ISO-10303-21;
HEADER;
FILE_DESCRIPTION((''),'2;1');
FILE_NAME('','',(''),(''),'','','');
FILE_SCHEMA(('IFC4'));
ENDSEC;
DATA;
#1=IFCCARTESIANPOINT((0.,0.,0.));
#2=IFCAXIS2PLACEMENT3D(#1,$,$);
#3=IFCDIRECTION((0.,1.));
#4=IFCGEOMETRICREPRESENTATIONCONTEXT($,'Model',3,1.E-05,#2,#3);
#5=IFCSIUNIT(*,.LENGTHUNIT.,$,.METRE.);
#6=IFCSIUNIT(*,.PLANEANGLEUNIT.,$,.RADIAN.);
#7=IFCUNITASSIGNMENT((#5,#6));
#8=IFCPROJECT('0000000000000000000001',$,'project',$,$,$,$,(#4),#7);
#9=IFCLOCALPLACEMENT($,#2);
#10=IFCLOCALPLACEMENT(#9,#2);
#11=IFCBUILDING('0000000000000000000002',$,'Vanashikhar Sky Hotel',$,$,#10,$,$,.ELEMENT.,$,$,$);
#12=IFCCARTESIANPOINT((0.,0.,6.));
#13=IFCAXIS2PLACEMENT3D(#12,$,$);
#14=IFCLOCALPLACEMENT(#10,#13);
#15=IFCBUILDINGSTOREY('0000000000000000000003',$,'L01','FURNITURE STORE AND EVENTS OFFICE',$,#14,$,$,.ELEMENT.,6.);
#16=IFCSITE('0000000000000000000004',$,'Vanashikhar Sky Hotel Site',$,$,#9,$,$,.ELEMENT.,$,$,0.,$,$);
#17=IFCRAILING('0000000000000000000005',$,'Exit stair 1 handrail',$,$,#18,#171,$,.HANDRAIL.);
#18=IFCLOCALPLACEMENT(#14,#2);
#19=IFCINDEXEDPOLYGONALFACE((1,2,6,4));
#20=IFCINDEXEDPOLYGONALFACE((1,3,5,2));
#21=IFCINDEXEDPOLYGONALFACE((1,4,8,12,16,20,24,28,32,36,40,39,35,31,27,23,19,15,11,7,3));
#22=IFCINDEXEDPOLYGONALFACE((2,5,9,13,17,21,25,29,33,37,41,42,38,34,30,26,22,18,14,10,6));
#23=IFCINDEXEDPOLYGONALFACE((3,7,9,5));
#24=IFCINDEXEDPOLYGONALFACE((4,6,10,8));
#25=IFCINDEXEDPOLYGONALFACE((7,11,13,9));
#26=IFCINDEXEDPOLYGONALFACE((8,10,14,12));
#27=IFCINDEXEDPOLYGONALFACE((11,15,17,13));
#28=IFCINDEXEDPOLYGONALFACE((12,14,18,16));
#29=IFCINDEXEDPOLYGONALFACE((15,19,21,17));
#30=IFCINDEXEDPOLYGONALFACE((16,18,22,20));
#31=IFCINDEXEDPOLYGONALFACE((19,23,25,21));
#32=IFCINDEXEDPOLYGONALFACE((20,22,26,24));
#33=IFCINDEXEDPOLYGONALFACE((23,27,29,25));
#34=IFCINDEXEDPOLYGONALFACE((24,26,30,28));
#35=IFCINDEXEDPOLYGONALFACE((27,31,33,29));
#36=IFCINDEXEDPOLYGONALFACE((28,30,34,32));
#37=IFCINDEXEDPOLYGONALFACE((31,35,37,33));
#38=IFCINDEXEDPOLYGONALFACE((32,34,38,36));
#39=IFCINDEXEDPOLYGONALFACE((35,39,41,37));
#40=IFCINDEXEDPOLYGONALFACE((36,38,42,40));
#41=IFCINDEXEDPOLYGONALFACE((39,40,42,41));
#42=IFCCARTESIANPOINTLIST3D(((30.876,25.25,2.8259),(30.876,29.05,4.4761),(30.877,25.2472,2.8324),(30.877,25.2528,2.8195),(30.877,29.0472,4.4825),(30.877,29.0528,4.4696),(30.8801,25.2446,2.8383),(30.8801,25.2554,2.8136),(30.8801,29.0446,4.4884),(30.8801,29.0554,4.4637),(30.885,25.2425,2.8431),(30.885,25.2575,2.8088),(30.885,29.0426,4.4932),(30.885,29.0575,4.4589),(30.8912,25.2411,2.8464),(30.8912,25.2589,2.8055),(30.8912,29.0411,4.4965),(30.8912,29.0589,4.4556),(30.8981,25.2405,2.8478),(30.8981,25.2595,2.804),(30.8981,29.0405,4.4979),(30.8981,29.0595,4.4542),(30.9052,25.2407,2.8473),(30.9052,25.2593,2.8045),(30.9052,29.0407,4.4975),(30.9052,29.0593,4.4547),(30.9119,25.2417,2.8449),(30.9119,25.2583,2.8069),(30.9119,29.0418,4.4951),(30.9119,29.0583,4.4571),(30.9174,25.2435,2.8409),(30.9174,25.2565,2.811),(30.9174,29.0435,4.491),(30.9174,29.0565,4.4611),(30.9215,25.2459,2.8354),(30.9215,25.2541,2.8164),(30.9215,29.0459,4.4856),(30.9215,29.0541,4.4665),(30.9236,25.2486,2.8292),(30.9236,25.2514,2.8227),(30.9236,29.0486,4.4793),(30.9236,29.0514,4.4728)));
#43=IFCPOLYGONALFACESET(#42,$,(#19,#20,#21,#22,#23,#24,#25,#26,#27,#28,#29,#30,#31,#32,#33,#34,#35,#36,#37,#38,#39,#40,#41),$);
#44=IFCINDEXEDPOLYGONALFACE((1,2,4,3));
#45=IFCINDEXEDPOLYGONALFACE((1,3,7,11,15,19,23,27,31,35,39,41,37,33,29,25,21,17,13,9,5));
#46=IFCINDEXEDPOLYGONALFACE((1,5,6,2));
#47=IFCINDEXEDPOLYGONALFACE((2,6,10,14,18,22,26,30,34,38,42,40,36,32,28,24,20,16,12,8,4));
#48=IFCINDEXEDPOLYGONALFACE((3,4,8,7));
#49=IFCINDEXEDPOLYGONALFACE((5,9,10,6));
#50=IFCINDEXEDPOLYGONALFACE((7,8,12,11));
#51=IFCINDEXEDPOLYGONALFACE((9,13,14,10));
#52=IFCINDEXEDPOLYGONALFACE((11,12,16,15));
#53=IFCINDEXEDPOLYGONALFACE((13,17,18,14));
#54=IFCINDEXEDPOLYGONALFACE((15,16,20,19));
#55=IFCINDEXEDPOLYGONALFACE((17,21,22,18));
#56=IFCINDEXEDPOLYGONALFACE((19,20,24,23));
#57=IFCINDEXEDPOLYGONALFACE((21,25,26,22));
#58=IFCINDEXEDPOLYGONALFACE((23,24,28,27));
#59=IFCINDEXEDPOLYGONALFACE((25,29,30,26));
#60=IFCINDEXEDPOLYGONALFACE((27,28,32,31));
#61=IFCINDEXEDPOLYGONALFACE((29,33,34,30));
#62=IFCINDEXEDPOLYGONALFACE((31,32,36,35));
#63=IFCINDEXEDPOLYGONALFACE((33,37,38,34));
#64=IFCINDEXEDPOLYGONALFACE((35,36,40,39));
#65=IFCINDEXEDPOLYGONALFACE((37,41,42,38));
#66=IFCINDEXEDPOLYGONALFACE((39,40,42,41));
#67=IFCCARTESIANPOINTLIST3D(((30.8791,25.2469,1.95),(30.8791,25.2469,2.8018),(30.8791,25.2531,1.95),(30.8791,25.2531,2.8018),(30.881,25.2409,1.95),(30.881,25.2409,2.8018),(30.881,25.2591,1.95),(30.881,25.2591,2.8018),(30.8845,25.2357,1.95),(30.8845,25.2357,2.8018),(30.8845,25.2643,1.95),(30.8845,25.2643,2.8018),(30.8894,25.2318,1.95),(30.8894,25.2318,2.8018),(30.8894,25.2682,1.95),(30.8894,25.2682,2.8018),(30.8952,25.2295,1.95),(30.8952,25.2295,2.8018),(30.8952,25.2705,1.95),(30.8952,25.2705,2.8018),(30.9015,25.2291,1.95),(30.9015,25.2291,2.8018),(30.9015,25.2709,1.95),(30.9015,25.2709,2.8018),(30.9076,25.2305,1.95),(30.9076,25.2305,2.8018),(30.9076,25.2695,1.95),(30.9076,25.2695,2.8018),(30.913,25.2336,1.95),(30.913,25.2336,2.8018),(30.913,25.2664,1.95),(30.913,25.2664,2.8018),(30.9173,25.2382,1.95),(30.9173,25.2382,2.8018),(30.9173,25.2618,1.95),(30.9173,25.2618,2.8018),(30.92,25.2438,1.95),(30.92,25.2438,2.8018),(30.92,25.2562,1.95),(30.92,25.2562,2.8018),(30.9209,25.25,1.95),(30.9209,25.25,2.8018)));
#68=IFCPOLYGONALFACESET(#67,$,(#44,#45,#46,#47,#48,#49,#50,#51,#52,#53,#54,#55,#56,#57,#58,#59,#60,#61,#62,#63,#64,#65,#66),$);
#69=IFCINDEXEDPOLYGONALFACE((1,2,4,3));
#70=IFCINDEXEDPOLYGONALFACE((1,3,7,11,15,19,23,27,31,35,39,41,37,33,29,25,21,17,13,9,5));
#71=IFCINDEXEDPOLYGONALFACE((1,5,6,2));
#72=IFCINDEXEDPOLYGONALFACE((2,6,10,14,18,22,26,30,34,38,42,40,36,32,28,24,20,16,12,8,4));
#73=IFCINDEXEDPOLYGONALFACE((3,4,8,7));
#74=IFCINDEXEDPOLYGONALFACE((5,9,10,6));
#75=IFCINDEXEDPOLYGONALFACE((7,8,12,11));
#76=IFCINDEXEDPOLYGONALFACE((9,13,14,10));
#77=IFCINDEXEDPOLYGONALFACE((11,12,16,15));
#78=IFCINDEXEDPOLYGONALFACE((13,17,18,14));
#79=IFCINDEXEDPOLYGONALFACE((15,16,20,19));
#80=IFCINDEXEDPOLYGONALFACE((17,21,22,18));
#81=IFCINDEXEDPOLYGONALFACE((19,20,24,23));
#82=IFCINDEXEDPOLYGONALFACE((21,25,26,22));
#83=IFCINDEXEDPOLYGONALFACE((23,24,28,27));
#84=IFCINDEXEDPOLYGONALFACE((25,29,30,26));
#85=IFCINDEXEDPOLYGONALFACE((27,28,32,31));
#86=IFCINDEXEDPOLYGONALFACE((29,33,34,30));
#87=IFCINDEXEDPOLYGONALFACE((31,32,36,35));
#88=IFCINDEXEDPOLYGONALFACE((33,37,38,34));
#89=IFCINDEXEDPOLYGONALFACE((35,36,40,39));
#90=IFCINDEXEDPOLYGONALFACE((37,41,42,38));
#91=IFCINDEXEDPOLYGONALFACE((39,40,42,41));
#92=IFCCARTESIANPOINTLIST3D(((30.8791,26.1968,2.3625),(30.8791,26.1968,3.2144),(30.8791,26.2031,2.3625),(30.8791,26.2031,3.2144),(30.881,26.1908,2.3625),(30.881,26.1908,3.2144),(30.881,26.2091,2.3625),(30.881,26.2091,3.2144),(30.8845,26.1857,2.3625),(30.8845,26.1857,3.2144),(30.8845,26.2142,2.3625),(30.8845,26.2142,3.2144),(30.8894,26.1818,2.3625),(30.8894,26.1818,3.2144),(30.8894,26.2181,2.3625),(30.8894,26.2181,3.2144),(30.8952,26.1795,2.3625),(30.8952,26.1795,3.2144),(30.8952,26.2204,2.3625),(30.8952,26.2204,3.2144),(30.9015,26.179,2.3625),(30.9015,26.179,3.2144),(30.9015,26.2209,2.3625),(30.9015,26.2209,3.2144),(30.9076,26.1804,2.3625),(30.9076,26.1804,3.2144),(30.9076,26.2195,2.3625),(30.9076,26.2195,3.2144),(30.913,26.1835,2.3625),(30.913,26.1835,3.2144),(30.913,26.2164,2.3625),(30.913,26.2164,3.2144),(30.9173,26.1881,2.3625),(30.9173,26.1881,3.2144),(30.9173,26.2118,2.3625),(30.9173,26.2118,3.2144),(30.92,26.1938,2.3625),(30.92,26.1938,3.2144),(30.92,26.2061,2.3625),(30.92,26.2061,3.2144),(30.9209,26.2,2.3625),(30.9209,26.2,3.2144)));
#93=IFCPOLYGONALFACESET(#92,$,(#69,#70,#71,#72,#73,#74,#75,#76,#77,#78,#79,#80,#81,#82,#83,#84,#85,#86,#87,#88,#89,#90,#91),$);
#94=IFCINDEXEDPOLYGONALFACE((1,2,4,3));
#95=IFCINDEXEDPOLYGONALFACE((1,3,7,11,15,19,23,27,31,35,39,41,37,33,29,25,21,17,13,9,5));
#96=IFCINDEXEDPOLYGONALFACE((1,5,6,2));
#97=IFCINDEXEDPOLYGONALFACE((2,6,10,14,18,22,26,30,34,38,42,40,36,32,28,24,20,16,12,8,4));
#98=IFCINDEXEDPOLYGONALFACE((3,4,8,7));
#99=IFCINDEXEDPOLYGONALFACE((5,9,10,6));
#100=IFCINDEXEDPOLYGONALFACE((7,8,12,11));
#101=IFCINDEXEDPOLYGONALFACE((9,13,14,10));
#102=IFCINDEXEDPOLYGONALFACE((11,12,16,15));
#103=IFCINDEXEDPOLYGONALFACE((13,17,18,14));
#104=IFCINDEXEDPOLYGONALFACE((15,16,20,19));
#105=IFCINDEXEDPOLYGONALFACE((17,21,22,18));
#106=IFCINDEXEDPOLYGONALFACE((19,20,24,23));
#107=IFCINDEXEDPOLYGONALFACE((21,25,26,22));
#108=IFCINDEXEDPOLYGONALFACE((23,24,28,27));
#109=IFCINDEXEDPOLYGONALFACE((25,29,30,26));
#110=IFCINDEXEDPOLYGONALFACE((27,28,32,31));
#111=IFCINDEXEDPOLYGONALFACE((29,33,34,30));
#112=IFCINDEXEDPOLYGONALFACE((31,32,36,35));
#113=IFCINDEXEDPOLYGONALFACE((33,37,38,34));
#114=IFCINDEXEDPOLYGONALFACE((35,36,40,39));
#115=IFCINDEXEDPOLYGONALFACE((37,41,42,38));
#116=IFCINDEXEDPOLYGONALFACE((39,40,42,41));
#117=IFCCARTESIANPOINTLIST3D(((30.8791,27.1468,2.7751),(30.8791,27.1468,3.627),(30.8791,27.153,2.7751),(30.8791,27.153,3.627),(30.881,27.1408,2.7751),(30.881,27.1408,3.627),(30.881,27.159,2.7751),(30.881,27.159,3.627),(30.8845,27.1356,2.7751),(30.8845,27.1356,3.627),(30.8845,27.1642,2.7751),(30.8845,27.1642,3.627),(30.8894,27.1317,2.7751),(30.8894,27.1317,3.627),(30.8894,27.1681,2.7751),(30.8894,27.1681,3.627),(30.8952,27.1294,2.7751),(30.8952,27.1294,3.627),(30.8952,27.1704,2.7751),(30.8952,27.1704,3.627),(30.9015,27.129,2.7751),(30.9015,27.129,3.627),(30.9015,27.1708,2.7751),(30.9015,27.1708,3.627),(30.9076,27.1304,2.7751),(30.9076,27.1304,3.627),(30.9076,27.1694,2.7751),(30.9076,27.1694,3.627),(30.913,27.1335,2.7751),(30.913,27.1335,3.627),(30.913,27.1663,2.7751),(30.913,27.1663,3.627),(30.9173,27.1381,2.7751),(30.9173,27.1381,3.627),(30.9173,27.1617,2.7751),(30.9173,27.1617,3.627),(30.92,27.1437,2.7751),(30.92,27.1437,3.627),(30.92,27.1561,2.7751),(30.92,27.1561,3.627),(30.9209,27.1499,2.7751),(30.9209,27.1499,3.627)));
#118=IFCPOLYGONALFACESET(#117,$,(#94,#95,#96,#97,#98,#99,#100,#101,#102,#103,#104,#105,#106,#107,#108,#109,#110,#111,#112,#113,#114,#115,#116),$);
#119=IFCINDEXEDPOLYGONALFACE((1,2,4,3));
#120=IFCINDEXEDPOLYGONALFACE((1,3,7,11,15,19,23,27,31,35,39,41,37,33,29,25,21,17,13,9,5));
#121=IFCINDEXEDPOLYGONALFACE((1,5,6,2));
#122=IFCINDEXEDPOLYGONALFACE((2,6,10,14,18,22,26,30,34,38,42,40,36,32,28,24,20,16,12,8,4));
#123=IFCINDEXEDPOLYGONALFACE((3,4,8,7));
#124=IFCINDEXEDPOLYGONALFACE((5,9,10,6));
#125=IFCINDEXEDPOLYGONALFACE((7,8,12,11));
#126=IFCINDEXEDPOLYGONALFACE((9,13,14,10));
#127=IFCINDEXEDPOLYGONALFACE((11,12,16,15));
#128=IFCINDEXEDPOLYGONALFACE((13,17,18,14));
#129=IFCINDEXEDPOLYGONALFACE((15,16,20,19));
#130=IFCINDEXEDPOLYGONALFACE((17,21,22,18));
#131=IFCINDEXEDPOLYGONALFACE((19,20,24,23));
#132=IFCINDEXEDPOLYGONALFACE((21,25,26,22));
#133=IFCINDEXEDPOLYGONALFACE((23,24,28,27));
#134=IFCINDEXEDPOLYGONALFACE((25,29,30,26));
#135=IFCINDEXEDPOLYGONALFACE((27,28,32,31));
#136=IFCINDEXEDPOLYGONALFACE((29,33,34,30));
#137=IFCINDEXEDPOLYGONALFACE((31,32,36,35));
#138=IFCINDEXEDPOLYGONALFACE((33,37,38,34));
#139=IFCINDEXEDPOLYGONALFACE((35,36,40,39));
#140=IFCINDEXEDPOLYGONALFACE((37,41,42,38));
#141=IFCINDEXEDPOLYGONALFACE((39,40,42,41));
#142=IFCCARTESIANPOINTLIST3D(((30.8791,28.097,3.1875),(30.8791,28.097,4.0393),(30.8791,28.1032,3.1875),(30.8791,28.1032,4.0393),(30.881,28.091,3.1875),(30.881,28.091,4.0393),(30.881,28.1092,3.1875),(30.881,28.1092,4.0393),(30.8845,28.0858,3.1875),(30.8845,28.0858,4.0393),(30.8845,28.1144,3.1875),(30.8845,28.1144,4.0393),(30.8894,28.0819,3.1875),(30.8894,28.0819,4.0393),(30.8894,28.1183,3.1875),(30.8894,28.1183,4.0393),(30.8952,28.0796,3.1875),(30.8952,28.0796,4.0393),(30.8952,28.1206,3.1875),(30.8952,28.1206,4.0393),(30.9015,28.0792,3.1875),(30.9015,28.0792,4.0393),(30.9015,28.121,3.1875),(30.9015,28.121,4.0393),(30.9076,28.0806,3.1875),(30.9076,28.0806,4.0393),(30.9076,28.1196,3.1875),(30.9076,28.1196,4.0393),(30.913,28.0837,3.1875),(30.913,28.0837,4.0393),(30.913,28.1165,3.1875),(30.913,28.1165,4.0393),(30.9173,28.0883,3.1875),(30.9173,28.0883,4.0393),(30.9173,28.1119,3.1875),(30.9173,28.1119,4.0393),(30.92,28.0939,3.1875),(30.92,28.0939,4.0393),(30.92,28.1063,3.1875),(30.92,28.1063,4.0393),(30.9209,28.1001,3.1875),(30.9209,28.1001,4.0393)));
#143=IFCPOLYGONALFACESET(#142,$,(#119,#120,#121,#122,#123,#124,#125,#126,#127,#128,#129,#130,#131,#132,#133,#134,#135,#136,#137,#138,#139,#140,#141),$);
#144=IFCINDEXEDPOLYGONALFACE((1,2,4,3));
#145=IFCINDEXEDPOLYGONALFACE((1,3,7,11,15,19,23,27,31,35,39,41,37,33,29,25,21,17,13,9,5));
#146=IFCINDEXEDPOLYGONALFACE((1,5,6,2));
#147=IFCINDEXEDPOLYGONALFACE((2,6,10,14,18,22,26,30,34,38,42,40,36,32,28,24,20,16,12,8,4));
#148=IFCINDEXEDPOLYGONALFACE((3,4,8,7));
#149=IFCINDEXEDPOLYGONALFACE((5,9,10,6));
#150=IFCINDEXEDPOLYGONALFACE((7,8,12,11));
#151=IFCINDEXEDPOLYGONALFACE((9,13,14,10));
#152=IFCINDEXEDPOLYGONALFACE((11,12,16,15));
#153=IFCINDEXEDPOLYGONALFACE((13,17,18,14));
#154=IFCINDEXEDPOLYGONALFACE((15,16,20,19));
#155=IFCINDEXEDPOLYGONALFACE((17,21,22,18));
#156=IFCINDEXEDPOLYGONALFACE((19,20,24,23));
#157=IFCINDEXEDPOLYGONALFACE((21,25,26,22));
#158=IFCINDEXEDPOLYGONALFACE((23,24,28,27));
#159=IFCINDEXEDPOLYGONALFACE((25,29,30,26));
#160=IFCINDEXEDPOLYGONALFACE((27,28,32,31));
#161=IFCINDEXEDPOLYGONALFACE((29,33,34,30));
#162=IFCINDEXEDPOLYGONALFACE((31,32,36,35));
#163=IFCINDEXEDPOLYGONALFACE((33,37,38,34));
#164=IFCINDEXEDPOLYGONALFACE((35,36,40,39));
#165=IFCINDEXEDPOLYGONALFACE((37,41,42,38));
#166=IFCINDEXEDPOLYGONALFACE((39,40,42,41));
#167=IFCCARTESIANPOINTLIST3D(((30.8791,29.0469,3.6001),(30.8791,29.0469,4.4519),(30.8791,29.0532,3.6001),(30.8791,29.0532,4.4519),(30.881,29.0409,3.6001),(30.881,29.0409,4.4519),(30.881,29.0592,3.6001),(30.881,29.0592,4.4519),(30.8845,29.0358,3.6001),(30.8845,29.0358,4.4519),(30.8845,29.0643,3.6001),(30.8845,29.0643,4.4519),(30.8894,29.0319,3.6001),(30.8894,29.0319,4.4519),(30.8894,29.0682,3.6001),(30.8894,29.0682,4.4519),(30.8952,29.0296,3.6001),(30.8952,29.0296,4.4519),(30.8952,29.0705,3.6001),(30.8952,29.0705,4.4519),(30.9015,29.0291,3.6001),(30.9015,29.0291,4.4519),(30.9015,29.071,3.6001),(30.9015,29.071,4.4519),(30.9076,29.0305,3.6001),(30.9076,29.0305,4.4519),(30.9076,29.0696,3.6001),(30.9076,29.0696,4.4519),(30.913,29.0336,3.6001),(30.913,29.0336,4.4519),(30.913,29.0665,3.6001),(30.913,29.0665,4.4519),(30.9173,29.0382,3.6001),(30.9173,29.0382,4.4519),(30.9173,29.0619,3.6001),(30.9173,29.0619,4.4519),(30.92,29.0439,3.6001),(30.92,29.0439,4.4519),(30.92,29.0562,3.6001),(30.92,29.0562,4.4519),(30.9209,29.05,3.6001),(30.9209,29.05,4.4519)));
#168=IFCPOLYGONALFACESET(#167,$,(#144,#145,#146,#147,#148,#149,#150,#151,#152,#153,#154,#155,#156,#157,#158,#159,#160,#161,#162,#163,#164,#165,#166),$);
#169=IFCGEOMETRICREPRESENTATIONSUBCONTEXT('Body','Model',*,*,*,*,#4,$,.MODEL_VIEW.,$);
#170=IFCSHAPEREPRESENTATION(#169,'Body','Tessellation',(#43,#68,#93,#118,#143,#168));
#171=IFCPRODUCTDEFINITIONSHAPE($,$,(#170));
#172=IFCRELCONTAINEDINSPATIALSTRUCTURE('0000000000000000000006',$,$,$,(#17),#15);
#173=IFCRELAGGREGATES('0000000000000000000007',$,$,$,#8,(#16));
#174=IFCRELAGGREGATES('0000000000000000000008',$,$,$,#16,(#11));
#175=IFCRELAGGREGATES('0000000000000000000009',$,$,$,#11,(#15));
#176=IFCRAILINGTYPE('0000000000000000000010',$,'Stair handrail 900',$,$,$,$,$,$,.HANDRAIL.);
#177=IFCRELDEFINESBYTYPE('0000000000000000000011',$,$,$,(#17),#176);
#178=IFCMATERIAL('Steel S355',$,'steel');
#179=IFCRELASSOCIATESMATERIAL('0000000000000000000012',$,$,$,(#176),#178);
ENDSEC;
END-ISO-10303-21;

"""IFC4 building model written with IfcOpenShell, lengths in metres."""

from ifc_helpers import new_model, si_unit, direction, frame, origin, origin_2d, place, context, subcontext, project, spatial, circle, extrude, source, transform, mapped, material, type_object, element, save


model = new_model("IFC4")

# Units and contexts
model_context = context("Model", 3, precision=1e-05, world=origin(), true_north=direction((0.0, 1.0)))
body_context = subcontext(model_context, "Body", "Model", "MODEL_VIEW")
ifc_project = project(units=[si_unit("LENGTHUNIT", "METRE"), si_unit("PLANEANGLEUNIT", "RADIAN")], contexts=[model_context])

# Site, building, storey
site_placement = place(None, origin())
site = spatial("IfcSite", under=ifc_project, at=site_placement, Name="Vanashikhar Sky Hotel Site", CompositionType="ELEMENT", RefElevation=0.0)
building_placement = place(site_placement, origin())
building = spatial("IfcBuilding", under=site, at=building_placement, Name="Vanashikhar Sky Hotel", CompositionType="ELEMENT")
storey_placement = place(building_placement, frame((0.0, 0.0, 6.0)))
storey = spatial("IfcBuildingStorey", under=building, at=storey_placement, Name="L01", Description="FURNITURE STORE AND EVENTS OFFICE", CompositionType="ELEMENT", Elevation=6.0)

# Railing
ifc_material_1 = material(Name="Steel S355", Category="steel")
railing_type_1 = type_object("IfcRailingType", Name="Stair handrail 900", PredefinedType="HANDRAIL", material=ifc_material_1)
shared_shape_1 = source(origin(), body_context, "Body", "SweptSolid", [
    extrude(circle(Radius=0.0239, at=origin_2d()), frame((0.0, 0.0, 0.876), z_axis=(0.0, 0.917251, 0.39831), x_axis=(-1.0, 0.0, 0.0)), (0.0, 0.0, 1.0), 4.1428),
    extrude(circle(Radius=0.021, at=origin_2d()), origin(), (0.0, 0.0, 1.0), 0.8518),
    extrude(circle(Radius=0.021, at=origin_2d()), frame((0.0, 0.95, 0.4126)), (0.0, 0.0, 1.0), 0.8518),
    extrude(circle(Radius=0.021, at=origin_2d()), frame((0.0, 1.8999, 0.8252)), (0.0, 0.0, 1.0), 0.8518),
    extrude(circle(Radius=0.021, at=origin_2d()), frame((0.0, 2.8501, 1.2375)), (0.0, 0.0, 1.0), 0.8518),
    extrude(circle(Radius=0.021, at=origin_2d()), frame((0.0, 3.8, 1.6501)), (0.0, 0.0, 1.0), 0.8518),
])
railing_1_placement = place(storey_placement, frame((30.8999, 25.25, 1.95)))
element("IfcRailing", 1, at=railing_1_placement, inside=storey, type_object=railing_type_1, Name="Exit stair 1 handrail", PredefinedType="HANDRAIL", context=body_context, shape_type="MappedRepresentation", body=[
    mapped(shared_shape_1, transform((0.0, 0.0, 0.0), scale=1.0)),
])

save(model, "model.ifc")
